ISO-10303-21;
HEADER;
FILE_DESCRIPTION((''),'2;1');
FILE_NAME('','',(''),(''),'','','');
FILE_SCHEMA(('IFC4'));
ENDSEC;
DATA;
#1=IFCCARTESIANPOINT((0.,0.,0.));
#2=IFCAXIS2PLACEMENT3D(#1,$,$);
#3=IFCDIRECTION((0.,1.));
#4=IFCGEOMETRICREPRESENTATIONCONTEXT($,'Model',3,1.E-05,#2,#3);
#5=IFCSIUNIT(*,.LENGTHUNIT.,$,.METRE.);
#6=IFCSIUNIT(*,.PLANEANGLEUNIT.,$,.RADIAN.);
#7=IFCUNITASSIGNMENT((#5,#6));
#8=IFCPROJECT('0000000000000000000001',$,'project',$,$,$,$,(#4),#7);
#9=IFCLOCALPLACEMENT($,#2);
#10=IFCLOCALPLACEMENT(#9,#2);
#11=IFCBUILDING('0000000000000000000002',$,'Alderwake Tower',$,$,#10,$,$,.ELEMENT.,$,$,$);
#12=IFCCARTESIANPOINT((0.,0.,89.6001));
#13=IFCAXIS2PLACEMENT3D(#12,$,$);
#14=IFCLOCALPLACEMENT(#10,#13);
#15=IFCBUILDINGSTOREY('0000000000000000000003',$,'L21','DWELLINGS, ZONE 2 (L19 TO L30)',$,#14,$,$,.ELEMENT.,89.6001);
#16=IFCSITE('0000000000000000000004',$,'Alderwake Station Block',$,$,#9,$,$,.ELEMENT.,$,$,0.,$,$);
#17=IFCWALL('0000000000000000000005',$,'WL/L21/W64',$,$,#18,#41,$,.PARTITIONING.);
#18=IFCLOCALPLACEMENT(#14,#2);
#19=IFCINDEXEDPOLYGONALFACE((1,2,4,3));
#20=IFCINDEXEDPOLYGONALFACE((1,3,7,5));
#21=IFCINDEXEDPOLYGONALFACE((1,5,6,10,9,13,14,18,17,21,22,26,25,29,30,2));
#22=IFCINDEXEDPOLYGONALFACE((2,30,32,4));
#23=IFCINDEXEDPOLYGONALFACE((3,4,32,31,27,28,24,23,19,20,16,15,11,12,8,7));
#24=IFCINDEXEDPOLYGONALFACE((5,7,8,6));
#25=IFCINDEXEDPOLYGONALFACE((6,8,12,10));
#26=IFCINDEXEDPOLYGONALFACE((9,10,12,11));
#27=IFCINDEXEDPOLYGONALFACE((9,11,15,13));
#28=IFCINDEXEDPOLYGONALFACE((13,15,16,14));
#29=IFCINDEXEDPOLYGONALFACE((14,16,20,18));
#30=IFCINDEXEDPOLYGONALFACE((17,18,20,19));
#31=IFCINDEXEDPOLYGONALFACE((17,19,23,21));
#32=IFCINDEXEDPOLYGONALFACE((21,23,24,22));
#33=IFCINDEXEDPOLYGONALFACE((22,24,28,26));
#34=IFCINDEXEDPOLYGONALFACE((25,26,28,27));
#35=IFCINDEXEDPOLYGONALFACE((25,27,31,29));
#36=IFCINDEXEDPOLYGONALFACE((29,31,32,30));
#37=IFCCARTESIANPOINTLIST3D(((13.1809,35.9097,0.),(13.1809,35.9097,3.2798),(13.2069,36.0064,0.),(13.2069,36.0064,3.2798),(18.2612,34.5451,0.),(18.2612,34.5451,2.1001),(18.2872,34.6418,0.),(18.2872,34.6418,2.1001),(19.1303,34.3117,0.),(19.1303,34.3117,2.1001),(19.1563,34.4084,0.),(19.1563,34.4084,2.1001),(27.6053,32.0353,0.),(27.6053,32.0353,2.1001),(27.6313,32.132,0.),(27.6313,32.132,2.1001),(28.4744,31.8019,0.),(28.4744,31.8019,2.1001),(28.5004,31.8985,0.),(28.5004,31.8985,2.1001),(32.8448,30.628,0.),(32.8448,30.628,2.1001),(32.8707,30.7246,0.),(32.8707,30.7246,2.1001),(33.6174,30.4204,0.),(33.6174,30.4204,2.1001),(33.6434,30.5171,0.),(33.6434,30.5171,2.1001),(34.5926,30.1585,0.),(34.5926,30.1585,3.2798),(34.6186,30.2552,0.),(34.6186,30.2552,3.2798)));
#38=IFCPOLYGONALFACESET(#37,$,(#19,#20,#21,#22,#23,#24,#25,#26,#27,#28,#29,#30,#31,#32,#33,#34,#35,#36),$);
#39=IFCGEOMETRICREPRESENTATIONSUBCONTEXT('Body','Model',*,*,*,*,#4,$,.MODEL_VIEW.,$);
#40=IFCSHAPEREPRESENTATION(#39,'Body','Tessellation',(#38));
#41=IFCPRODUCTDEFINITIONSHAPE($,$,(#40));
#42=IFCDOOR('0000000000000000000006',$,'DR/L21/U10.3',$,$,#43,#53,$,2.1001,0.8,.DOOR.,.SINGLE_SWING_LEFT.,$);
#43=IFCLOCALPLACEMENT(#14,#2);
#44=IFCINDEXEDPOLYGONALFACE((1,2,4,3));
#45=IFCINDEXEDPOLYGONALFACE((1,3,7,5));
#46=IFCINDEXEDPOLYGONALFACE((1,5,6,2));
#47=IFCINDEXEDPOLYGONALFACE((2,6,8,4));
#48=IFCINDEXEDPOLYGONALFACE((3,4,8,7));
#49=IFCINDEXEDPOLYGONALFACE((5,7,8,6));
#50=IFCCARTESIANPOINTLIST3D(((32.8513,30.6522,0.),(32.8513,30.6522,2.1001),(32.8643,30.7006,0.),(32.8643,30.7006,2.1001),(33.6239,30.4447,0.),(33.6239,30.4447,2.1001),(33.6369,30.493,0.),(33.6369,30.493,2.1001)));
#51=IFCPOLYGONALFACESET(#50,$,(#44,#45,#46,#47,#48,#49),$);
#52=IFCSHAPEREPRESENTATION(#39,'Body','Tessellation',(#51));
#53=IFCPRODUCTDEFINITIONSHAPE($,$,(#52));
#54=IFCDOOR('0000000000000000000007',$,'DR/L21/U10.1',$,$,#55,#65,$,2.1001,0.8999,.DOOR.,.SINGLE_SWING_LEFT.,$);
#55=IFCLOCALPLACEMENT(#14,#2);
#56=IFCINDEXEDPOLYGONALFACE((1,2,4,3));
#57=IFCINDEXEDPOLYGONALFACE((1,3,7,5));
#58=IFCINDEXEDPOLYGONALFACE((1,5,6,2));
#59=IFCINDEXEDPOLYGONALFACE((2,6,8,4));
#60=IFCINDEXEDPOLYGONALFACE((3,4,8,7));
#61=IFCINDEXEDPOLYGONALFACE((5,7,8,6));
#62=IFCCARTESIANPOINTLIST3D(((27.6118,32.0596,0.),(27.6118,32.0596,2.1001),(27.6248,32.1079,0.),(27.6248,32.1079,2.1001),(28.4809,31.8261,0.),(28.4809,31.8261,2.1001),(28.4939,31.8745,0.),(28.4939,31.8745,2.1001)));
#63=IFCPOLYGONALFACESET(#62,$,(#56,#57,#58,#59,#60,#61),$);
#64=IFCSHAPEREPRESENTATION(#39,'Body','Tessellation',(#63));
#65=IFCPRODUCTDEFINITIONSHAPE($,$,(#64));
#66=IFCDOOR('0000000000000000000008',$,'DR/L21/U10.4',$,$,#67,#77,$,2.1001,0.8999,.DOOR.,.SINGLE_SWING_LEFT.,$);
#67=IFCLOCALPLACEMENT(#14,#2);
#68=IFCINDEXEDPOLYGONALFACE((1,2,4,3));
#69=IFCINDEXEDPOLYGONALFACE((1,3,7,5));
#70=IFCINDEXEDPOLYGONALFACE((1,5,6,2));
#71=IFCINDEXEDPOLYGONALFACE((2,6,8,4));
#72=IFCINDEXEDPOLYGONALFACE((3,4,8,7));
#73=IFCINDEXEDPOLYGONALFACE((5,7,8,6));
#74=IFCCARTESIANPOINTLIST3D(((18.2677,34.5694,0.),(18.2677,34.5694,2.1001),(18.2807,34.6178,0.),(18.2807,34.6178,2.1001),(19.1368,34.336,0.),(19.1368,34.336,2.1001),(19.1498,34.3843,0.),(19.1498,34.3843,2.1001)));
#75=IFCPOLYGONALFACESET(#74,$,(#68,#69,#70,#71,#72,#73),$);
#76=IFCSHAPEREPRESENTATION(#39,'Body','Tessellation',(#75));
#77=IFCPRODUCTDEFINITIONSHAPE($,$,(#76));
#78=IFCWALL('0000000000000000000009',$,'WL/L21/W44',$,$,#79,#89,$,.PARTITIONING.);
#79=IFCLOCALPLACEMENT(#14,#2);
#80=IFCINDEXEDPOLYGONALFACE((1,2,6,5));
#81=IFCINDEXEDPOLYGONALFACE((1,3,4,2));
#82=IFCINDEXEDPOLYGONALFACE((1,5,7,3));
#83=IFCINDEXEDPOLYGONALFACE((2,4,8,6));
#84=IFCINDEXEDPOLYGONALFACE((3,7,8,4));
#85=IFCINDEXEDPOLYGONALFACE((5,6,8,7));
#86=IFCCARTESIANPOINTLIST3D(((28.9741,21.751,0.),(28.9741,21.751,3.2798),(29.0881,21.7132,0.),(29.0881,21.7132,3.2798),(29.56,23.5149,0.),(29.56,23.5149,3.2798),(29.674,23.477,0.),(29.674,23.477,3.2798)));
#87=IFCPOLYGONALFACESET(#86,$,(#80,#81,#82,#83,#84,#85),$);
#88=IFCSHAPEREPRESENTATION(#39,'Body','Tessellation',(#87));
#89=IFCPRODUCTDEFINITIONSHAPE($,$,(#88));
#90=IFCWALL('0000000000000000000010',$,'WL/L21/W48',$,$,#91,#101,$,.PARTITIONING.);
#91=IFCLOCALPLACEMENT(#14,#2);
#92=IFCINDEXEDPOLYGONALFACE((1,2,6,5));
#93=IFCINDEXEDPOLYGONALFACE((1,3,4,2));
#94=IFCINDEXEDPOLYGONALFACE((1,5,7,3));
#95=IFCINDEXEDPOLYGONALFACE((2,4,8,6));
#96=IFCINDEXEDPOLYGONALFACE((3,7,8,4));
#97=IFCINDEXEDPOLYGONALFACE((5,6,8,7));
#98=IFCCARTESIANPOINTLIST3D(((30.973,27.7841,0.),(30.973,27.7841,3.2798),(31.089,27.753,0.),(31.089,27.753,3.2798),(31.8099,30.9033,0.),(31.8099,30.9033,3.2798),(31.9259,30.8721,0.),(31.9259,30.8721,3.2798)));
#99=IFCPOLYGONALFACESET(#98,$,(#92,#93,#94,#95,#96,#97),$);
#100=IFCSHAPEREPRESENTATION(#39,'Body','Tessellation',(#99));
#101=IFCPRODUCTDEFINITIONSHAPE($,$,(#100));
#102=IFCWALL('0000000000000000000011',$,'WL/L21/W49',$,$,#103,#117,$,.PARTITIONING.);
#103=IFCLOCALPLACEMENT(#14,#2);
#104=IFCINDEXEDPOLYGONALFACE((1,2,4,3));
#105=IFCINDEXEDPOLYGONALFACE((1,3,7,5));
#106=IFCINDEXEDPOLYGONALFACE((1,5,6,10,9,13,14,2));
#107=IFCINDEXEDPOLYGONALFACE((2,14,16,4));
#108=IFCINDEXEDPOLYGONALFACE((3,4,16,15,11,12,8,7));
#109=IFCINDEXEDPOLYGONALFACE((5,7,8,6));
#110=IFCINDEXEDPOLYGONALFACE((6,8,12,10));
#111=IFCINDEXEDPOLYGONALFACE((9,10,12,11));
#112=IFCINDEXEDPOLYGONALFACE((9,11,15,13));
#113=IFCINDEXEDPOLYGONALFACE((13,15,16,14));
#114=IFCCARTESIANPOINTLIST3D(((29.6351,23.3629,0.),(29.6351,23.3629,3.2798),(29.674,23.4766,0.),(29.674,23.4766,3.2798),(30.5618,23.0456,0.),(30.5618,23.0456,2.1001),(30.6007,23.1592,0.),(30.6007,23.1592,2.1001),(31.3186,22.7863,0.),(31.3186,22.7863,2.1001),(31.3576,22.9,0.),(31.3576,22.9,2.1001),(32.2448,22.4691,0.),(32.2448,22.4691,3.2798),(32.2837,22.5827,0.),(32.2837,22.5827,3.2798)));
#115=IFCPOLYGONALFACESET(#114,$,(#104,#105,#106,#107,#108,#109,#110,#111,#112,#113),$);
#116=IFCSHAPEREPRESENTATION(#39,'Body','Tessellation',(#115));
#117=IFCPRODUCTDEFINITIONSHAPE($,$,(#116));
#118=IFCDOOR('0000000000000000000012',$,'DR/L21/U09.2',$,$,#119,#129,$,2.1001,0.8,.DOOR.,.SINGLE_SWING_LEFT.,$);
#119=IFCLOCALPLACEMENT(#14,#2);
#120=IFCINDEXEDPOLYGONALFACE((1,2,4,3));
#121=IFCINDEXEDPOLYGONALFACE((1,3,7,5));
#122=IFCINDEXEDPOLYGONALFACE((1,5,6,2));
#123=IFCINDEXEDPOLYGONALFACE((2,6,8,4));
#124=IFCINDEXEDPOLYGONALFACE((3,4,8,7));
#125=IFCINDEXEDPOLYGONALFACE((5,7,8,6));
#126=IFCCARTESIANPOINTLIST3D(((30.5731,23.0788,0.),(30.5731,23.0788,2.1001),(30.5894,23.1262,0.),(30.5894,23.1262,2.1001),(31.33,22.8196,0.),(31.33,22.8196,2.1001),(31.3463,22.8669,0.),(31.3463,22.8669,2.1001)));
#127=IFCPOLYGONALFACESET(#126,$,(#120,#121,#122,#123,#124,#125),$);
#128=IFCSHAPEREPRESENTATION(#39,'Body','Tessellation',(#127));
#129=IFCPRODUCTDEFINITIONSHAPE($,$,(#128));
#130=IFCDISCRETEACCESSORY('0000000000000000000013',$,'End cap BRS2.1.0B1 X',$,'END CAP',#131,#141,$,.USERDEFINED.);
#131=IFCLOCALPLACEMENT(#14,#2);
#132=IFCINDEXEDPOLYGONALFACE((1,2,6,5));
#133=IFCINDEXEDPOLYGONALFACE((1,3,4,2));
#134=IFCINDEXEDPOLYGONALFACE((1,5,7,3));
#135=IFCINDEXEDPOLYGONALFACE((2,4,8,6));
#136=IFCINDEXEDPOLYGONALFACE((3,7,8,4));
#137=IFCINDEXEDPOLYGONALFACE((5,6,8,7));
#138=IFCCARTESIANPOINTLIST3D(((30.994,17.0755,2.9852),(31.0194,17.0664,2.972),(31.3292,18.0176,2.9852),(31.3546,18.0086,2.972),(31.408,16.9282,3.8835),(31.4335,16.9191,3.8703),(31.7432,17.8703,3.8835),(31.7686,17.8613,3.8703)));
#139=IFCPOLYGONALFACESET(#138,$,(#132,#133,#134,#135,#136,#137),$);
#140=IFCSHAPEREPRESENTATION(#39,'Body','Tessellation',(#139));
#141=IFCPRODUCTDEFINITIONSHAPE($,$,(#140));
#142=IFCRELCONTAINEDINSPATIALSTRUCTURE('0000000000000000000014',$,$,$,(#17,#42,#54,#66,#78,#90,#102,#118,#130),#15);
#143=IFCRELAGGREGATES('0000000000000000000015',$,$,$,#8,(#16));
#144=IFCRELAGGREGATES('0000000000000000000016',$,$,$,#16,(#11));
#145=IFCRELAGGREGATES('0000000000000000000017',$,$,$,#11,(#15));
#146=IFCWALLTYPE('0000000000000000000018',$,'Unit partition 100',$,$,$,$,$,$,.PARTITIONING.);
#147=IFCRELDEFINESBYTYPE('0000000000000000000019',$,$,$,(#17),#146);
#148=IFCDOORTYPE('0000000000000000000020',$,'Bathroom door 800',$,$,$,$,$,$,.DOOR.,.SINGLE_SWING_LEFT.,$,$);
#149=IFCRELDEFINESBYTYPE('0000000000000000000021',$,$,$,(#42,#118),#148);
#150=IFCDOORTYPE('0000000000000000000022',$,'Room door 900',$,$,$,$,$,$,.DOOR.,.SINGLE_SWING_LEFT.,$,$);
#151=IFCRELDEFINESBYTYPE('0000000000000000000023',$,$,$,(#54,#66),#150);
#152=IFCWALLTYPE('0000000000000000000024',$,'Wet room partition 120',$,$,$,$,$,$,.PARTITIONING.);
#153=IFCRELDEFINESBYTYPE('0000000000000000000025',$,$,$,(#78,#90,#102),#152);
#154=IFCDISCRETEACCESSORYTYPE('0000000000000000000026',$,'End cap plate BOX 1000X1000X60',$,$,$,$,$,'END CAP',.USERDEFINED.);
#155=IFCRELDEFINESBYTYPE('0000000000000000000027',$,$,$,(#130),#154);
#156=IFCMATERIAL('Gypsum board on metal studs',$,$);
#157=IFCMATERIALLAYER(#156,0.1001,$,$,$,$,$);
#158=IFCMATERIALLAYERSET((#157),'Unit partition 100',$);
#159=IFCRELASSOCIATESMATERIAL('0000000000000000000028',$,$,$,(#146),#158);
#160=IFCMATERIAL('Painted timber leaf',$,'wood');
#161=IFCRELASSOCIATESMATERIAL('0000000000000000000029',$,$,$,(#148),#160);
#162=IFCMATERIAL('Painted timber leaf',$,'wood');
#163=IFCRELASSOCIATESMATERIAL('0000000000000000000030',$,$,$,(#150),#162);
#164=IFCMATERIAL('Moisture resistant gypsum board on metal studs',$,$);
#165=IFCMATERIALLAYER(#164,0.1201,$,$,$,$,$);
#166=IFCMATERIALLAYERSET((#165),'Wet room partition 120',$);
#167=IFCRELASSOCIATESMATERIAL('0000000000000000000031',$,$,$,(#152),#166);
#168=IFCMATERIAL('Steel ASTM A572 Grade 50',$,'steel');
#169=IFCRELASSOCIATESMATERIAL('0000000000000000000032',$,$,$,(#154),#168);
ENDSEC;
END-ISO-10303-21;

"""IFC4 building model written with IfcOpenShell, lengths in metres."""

from ifc_helpers import new_model, si_unit, direction, frame, frame_2d, origin, origin_2d, place, context, subcontext, project, spatial, rectangle, extrude, material, layer, layer_set, material_profile, profile_set, type_object, element, fill, save


model = new_model("IFC4")

# Units and contexts
model_context = context("Model", 3, precision=1e-05, world=origin(), true_north=direction((0.0, 1.0)))
body_context = subcontext(model_context, "Body", "Model", "MODEL_VIEW")
ifc_project = project(units=[si_unit("LENGTHUNIT", "METRE"), si_unit("PLANEANGLEUNIT", "RADIAN")], contexts=[model_context])

# Site, building, storey
site_placement = place(None, origin())
site = spatial("IfcSite", under=ifc_project, at=site_placement, Name="Alderwake Station Block", CompositionType="ELEMENT", RefElevation=0.0)
building_placement = place(site_placement, origin())
building = spatial("IfcBuilding", under=site, at=building_placement, Name="Alderwake Tower", CompositionType="ELEMENT")
storey_placement = place(building_placement, frame((0.0, 0.0, 89.6001)))
storey = spatial("IfcBuildingStorey", under=building, at=storey_placement, Name="L21", Description="DWELLINGS, ZONE 2 (L19 TO L30)", CompositionType="ELEMENT", Elevation=89.6001)

# Wall, openings, doors
ifc_material_1 = material(Name="Gypsum board on metal studs")
ifc_layer_1 = layer(ifc_material_1, 0.1001)
ifc_layer_set_1 = layer_set([ifc_layer_1], Name="Unit partition 100")
wall_type_1 = type_object("IfcWallType", Name="Unit partition 100", PredefinedType="PARTITIONING", material=ifc_layer_set_1)
wall_1_placement = place(storey_placement, frame((34.6057, 30.2068, 0.0), z_axis=(0.0, 0.0, 1.0), x_axis=(-0.965768, 0.259408, 0.0)))
wall_1 = element("IfcWall", 1, at=wall_1_placement, inside=storey, type_object=wall_type_1, Name="WL/L21/W64", PredefinedType="PARTITIONING", context=body_context, shape_type="SweptSolid", body=[
    extrude(rectangle(XDim=22.1707, YDim=0.1001, at=frame_2d((11.0854, 0.0))), origin(), (0.0, 0.0, 1.0), 3.2798),
])
opening_1_placement = place(wall_1_placement, frame((6.3352, 0.0, 0.0)))
opening_1 = element("IfcOpeningElement", 2, at=opening_1_placement, cuts=wall_1, PredefinedType="OPENING", context=body_context, shape_type="SweptSolid", body=[
    extrude(rectangle(XDim=0.8999, YDim=2.1001, at=frame_2d((0.45, 1.05))), frame((0.0, 0.0601, 0.0), z_axis=(0.0, -1.0, 0.0), x_axis=(1.0, 0.0, 0.0)), (0.0, 0.0, 1.0), 0.1201),
])
opening_2_placement = place(wall_1_placement, frame((1.01, 0.0, 0.0)))
opening_2 = element("IfcOpeningElement", 3, at=opening_2_placement, cuts=wall_1, PredefinedType="OPENING", context=body_context, shape_type="SweptSolid", body=[
    extrude(rectangle(XDim=0.8, YDim=2.1001, at=frame_2d((0.3999, 1.05))), frame((0.0, 0.0601, 0.0), z_axis=(0.0, -1.0, 0.0), x_axis=(1.0, 0.0, 0.0)), (0.0, 0.0, 1.0), 0.1201),
])
opening_3_placement = place(wall_1_placement, frame((16.0105, 0.0, 0.0)))
opening_3 = element("IfcOpeningElement", 4, at=opening_3_placement, cuts=wall_1, PredefinedType="OPENING", context=body_context, shape_type="SweptSolid", body=[
    extrude(rectangle(XDim=0.8999, YDim=2.1001, at=frame_2d((0.45, 1.05))), frame((0.0, 0.0601, 0.0), z_axis=(0.0, -1.0, 0.0), x_axis=(1.0, 0.0, 0.0)), (0.0, 0.0, 1.0), 0.1201),
])
ifc_material_2 = material(Name="Painted timber leaf", Category="wood")
door_type_1 = type_object("IfcDoorType", Name="Bathroom door 800", OperationType="SINGLE_SWING_LEFT", PredefinedType="DOOR", material=ifc_material_2)
door_1_placement = place(opening_2_placement, origin())
door_1 = element("IfcDoor", 5, at=door_1_placement, inside=storey, type_object=door_type_1, Name="DR/L21/U10.3", OperationType="SINGLE_SWING_LEFT", OverallHeight=2.1001, OverallWidth=0.8, PredefinedType="DOOR", context=body_context, shape_type="SweptSolid", body=[
    extrude(rectangle(XDim=0.8, YDim=2.1001, at=frame_2d((0.3999, 1.05))), frame((0.0, 0.0249, 0.0), z_axis=(0.0, -1.0, 0.0), x_axis=(1.0, 0.0, 0.0)), (0.0, 0.0, 1.0), 0.05),
])
fill(opening_2, door_1)
ifc_material_3 = material(Name="Painted timber leaf", Category="wood")
door_type_2 = type_object("IfcDoorType", Name="Room door 900", OperationType="SINGLE_SWING_LEFT", PredefinedType="DOOR", material=ifc_material_3)
door_2_placement = place(opening_1_placement, origin())
door_2 = element("IfcDoor", 6, at=door_2_placement, inside=storey, type_object=door_type_2, Name="DR/L21/U10.1", OperationType="SINGLE_SWING_LEFT", OverallHeight=2.1001, OverallWidth=0.8999, PredefinedType="DOOR", context=body_context, shape_type="SweptSolid", body=[
    extrude(rectangle(XDim=0.8999, YDim=2.1001, at=frame_2d((0.45, 1.05))), frame((0.0, 0.0249, 0.0), z_axis=(0.0, -1.0, 0.0), x_axis=(1.0, 0.0, 0.0)), (0.0, 0.0, 1.0), 0.05),
])
fill(opening_1, door_2)
door_3_placement = place(opening_3_placement, origin())
door_3 = element("IfcDoor", 7, at=door_3_placement, inside=storey, type_object=door_type_2, Name="DR/L21/U10.4", OperationType="SINGLE_SWING_LEFT", OverallHeight=2.1001, OverallWidth=0.8999, PredefinedType="DOOR", context=body_context, shape_type="SweptSolid", body=[
    extrude(rectangle(XDim=0.8999, YDim=2.1001, at=frame_2d((0.45, 1.05))), frame((0.0, 0.0249, 0.0), z_axis=(0.0, -1.0, 0.0), x_axis=(1.0, 0.0, 0.0)), (0.0, 0.0, 1.0), 0.05),
])
fill(opening_3, door_3)

# Walls
ifc_material_4 = material(Name="Moisture resistant gypsum board on metal studs")
ifc_layer_2 = layer(ifc_material_4, 0.1201)
ifc_layer_set_2 = layer_set([ifc_layer_2], Name="Wet room partition 120")
wall_type_2 = type_object("IfcWallType", Name="Wet room partition 120", PredefinedType="PARTITIONING", material=ifc_layer_set_2)
wall_2_placement = place(storey_placement, frame((29.6169, 23.4958, 0.0), z_axis=(0.0, 0.0, 1.0), x_axis=(-0.315242, -0.949011, 0.0)))
element("IfcWall", 8, at=wall_2_placement, inside=storey, type_object=wall_type_2, Name="WL/L21/W44", PredefinedType="PARTITIONING", context=body_context, shape_type="SweptSolid", body=[
    extrude(rectangle(XDim=1.8586, YDim=0.1201, at=frame_2d((0.9292, 0.0))), origin(), (0.0, 0.0, 1.0), 3.2798),
])
wall_3_placement = place(storey_placement, frame((31.8679, 30.8877, 0.0), z_axis=(0.0, 0.0, 1.0), x_axis=(-0.259149, -0.965837, 0.0)))
element("IfcWall", 9, at=wall_3_placement, inside=storey, type_object=wall_type_2, Name="WL/L21/W48", PredefinedType="PARTITIONING", context=body_context, shape_type="SweptSolid", body=[
    extrude(rectangle(XDim=3.2295, YDim=0.1201, at=frame_2d((1.6147, 0.0))), origin(), (0.0, 0.0, 1.0), 3.2798),
])

# Wall, opening, door
wall_4_placement = place(storey_placement, frame((32.2644, 22.5259, 0.0), z_axis=(0.0, 0.0, 1.0), x_axis=(-0.946049, 0.324023, 0.0)))
wall_4 = element("IfcWall", 10, at=wall_4_placement, inside=storey, type_object=wall_type_2, Name="WL/L21/W49", PredefinedType="PARTITIONING", context=body_context, shape_type="SweptSolid", body=[
    extrude(rectangle(XDim=2.7585, YDim=0.1201, at=frame_2d((1.3794, 0.0))), origin(), (0.0, 0.0, 1.0), 3.2798),
])
opening_4_placement = place(wall_4_placement, frame((0.9792, 0.0, 0.0)))
opening_4 = element("IfcOpeningElement", 11, at=opening_4_placement, cuts=wall_4, PredefinedType="OPENING", context=body_context, shape_type="SweptSolid", body=[
    extrude(rectangle(XDim=0.8, YDim=2.1001, at=frame_2d((0.3999, 1.05))), frame((0.0, 0.0701, 0.0), z_axis=(0.0, -1.0, 0.0), x_axis=(1.0, 0.0, 0.0)), (0.0, 0.0, 1.0), 0.1401),
])
door_4_placement = place(opening_4_placement, origin())
door_4 = element("IfcDoor", 12, at=door_4_placement, inside=storey, type_object=door_type_1, Name="DR/L21/U09.2", OperationType="SINGLE_SWING_LEFT", OverallHeight=2.1001, OverallWidth=0.8, PredefinedType="DOOR", context=body_context, shape_type="SweptSolid", body=[
    extrude(rectangle(XDim=0.8, YDim=2.1001, at=frame_2d((0.3999, 1.05))), frame((0.0, 0.0249, 0.0), z_axis=(0.0, -1.0, 0.0), x_axis=(1.0, 0.0, 0.0)), (0.0, 0.0, 1.0), 0.05),
])
fill(opening_4, door_4)

# Discrete accessory
ifc_material_5 = material(Name="Steel ASTM A572 Grade 50", Category="steel")
ifc_material_profile_1 = material_profile(ifc_material_5, rectangle(XDim=1.0, YDim=1.0, at=origin_2d()), Name="BOX 1000X1000X60 cap")
ifc_profile_set_1 = profile_set([ifc_material_profile_1], Name="Steel ASTM A572 Grade 50")
discrete_accessory_type = type_object("IfcDiscreteAccessoryType", Name="End cap plate BOX 1000X1000X60", ElementType="END CAP", PredefinedType="USERDEFINED", material=ifc_profile_set_1)
discrete_accessory_placement = place(storey_placement, frame((31.394, 17.4639, 3.4211), z_axis=(-0.846312, 0.301092, 0.439431), x_axis=(-0.335188, -0.942151, 0.0)))
element("IfcDiscreteAccessory", 13, at=discrete_accessory_placement, inside=storey, type_object=discrete_accessory_type, Name="End cap BRS2.1.0B1 X", ObjectType="END CAP", PredefinedType="USERDEFINED", context=body_context, shape_type="SweptSolid", body=[
    extrude(rectangle(XDim=1.0, YDim=1.0, at=origin_2d()), origin(), (0.0, 0.0, 1.0), 0.03),
])

save(model, "model.ifc")
